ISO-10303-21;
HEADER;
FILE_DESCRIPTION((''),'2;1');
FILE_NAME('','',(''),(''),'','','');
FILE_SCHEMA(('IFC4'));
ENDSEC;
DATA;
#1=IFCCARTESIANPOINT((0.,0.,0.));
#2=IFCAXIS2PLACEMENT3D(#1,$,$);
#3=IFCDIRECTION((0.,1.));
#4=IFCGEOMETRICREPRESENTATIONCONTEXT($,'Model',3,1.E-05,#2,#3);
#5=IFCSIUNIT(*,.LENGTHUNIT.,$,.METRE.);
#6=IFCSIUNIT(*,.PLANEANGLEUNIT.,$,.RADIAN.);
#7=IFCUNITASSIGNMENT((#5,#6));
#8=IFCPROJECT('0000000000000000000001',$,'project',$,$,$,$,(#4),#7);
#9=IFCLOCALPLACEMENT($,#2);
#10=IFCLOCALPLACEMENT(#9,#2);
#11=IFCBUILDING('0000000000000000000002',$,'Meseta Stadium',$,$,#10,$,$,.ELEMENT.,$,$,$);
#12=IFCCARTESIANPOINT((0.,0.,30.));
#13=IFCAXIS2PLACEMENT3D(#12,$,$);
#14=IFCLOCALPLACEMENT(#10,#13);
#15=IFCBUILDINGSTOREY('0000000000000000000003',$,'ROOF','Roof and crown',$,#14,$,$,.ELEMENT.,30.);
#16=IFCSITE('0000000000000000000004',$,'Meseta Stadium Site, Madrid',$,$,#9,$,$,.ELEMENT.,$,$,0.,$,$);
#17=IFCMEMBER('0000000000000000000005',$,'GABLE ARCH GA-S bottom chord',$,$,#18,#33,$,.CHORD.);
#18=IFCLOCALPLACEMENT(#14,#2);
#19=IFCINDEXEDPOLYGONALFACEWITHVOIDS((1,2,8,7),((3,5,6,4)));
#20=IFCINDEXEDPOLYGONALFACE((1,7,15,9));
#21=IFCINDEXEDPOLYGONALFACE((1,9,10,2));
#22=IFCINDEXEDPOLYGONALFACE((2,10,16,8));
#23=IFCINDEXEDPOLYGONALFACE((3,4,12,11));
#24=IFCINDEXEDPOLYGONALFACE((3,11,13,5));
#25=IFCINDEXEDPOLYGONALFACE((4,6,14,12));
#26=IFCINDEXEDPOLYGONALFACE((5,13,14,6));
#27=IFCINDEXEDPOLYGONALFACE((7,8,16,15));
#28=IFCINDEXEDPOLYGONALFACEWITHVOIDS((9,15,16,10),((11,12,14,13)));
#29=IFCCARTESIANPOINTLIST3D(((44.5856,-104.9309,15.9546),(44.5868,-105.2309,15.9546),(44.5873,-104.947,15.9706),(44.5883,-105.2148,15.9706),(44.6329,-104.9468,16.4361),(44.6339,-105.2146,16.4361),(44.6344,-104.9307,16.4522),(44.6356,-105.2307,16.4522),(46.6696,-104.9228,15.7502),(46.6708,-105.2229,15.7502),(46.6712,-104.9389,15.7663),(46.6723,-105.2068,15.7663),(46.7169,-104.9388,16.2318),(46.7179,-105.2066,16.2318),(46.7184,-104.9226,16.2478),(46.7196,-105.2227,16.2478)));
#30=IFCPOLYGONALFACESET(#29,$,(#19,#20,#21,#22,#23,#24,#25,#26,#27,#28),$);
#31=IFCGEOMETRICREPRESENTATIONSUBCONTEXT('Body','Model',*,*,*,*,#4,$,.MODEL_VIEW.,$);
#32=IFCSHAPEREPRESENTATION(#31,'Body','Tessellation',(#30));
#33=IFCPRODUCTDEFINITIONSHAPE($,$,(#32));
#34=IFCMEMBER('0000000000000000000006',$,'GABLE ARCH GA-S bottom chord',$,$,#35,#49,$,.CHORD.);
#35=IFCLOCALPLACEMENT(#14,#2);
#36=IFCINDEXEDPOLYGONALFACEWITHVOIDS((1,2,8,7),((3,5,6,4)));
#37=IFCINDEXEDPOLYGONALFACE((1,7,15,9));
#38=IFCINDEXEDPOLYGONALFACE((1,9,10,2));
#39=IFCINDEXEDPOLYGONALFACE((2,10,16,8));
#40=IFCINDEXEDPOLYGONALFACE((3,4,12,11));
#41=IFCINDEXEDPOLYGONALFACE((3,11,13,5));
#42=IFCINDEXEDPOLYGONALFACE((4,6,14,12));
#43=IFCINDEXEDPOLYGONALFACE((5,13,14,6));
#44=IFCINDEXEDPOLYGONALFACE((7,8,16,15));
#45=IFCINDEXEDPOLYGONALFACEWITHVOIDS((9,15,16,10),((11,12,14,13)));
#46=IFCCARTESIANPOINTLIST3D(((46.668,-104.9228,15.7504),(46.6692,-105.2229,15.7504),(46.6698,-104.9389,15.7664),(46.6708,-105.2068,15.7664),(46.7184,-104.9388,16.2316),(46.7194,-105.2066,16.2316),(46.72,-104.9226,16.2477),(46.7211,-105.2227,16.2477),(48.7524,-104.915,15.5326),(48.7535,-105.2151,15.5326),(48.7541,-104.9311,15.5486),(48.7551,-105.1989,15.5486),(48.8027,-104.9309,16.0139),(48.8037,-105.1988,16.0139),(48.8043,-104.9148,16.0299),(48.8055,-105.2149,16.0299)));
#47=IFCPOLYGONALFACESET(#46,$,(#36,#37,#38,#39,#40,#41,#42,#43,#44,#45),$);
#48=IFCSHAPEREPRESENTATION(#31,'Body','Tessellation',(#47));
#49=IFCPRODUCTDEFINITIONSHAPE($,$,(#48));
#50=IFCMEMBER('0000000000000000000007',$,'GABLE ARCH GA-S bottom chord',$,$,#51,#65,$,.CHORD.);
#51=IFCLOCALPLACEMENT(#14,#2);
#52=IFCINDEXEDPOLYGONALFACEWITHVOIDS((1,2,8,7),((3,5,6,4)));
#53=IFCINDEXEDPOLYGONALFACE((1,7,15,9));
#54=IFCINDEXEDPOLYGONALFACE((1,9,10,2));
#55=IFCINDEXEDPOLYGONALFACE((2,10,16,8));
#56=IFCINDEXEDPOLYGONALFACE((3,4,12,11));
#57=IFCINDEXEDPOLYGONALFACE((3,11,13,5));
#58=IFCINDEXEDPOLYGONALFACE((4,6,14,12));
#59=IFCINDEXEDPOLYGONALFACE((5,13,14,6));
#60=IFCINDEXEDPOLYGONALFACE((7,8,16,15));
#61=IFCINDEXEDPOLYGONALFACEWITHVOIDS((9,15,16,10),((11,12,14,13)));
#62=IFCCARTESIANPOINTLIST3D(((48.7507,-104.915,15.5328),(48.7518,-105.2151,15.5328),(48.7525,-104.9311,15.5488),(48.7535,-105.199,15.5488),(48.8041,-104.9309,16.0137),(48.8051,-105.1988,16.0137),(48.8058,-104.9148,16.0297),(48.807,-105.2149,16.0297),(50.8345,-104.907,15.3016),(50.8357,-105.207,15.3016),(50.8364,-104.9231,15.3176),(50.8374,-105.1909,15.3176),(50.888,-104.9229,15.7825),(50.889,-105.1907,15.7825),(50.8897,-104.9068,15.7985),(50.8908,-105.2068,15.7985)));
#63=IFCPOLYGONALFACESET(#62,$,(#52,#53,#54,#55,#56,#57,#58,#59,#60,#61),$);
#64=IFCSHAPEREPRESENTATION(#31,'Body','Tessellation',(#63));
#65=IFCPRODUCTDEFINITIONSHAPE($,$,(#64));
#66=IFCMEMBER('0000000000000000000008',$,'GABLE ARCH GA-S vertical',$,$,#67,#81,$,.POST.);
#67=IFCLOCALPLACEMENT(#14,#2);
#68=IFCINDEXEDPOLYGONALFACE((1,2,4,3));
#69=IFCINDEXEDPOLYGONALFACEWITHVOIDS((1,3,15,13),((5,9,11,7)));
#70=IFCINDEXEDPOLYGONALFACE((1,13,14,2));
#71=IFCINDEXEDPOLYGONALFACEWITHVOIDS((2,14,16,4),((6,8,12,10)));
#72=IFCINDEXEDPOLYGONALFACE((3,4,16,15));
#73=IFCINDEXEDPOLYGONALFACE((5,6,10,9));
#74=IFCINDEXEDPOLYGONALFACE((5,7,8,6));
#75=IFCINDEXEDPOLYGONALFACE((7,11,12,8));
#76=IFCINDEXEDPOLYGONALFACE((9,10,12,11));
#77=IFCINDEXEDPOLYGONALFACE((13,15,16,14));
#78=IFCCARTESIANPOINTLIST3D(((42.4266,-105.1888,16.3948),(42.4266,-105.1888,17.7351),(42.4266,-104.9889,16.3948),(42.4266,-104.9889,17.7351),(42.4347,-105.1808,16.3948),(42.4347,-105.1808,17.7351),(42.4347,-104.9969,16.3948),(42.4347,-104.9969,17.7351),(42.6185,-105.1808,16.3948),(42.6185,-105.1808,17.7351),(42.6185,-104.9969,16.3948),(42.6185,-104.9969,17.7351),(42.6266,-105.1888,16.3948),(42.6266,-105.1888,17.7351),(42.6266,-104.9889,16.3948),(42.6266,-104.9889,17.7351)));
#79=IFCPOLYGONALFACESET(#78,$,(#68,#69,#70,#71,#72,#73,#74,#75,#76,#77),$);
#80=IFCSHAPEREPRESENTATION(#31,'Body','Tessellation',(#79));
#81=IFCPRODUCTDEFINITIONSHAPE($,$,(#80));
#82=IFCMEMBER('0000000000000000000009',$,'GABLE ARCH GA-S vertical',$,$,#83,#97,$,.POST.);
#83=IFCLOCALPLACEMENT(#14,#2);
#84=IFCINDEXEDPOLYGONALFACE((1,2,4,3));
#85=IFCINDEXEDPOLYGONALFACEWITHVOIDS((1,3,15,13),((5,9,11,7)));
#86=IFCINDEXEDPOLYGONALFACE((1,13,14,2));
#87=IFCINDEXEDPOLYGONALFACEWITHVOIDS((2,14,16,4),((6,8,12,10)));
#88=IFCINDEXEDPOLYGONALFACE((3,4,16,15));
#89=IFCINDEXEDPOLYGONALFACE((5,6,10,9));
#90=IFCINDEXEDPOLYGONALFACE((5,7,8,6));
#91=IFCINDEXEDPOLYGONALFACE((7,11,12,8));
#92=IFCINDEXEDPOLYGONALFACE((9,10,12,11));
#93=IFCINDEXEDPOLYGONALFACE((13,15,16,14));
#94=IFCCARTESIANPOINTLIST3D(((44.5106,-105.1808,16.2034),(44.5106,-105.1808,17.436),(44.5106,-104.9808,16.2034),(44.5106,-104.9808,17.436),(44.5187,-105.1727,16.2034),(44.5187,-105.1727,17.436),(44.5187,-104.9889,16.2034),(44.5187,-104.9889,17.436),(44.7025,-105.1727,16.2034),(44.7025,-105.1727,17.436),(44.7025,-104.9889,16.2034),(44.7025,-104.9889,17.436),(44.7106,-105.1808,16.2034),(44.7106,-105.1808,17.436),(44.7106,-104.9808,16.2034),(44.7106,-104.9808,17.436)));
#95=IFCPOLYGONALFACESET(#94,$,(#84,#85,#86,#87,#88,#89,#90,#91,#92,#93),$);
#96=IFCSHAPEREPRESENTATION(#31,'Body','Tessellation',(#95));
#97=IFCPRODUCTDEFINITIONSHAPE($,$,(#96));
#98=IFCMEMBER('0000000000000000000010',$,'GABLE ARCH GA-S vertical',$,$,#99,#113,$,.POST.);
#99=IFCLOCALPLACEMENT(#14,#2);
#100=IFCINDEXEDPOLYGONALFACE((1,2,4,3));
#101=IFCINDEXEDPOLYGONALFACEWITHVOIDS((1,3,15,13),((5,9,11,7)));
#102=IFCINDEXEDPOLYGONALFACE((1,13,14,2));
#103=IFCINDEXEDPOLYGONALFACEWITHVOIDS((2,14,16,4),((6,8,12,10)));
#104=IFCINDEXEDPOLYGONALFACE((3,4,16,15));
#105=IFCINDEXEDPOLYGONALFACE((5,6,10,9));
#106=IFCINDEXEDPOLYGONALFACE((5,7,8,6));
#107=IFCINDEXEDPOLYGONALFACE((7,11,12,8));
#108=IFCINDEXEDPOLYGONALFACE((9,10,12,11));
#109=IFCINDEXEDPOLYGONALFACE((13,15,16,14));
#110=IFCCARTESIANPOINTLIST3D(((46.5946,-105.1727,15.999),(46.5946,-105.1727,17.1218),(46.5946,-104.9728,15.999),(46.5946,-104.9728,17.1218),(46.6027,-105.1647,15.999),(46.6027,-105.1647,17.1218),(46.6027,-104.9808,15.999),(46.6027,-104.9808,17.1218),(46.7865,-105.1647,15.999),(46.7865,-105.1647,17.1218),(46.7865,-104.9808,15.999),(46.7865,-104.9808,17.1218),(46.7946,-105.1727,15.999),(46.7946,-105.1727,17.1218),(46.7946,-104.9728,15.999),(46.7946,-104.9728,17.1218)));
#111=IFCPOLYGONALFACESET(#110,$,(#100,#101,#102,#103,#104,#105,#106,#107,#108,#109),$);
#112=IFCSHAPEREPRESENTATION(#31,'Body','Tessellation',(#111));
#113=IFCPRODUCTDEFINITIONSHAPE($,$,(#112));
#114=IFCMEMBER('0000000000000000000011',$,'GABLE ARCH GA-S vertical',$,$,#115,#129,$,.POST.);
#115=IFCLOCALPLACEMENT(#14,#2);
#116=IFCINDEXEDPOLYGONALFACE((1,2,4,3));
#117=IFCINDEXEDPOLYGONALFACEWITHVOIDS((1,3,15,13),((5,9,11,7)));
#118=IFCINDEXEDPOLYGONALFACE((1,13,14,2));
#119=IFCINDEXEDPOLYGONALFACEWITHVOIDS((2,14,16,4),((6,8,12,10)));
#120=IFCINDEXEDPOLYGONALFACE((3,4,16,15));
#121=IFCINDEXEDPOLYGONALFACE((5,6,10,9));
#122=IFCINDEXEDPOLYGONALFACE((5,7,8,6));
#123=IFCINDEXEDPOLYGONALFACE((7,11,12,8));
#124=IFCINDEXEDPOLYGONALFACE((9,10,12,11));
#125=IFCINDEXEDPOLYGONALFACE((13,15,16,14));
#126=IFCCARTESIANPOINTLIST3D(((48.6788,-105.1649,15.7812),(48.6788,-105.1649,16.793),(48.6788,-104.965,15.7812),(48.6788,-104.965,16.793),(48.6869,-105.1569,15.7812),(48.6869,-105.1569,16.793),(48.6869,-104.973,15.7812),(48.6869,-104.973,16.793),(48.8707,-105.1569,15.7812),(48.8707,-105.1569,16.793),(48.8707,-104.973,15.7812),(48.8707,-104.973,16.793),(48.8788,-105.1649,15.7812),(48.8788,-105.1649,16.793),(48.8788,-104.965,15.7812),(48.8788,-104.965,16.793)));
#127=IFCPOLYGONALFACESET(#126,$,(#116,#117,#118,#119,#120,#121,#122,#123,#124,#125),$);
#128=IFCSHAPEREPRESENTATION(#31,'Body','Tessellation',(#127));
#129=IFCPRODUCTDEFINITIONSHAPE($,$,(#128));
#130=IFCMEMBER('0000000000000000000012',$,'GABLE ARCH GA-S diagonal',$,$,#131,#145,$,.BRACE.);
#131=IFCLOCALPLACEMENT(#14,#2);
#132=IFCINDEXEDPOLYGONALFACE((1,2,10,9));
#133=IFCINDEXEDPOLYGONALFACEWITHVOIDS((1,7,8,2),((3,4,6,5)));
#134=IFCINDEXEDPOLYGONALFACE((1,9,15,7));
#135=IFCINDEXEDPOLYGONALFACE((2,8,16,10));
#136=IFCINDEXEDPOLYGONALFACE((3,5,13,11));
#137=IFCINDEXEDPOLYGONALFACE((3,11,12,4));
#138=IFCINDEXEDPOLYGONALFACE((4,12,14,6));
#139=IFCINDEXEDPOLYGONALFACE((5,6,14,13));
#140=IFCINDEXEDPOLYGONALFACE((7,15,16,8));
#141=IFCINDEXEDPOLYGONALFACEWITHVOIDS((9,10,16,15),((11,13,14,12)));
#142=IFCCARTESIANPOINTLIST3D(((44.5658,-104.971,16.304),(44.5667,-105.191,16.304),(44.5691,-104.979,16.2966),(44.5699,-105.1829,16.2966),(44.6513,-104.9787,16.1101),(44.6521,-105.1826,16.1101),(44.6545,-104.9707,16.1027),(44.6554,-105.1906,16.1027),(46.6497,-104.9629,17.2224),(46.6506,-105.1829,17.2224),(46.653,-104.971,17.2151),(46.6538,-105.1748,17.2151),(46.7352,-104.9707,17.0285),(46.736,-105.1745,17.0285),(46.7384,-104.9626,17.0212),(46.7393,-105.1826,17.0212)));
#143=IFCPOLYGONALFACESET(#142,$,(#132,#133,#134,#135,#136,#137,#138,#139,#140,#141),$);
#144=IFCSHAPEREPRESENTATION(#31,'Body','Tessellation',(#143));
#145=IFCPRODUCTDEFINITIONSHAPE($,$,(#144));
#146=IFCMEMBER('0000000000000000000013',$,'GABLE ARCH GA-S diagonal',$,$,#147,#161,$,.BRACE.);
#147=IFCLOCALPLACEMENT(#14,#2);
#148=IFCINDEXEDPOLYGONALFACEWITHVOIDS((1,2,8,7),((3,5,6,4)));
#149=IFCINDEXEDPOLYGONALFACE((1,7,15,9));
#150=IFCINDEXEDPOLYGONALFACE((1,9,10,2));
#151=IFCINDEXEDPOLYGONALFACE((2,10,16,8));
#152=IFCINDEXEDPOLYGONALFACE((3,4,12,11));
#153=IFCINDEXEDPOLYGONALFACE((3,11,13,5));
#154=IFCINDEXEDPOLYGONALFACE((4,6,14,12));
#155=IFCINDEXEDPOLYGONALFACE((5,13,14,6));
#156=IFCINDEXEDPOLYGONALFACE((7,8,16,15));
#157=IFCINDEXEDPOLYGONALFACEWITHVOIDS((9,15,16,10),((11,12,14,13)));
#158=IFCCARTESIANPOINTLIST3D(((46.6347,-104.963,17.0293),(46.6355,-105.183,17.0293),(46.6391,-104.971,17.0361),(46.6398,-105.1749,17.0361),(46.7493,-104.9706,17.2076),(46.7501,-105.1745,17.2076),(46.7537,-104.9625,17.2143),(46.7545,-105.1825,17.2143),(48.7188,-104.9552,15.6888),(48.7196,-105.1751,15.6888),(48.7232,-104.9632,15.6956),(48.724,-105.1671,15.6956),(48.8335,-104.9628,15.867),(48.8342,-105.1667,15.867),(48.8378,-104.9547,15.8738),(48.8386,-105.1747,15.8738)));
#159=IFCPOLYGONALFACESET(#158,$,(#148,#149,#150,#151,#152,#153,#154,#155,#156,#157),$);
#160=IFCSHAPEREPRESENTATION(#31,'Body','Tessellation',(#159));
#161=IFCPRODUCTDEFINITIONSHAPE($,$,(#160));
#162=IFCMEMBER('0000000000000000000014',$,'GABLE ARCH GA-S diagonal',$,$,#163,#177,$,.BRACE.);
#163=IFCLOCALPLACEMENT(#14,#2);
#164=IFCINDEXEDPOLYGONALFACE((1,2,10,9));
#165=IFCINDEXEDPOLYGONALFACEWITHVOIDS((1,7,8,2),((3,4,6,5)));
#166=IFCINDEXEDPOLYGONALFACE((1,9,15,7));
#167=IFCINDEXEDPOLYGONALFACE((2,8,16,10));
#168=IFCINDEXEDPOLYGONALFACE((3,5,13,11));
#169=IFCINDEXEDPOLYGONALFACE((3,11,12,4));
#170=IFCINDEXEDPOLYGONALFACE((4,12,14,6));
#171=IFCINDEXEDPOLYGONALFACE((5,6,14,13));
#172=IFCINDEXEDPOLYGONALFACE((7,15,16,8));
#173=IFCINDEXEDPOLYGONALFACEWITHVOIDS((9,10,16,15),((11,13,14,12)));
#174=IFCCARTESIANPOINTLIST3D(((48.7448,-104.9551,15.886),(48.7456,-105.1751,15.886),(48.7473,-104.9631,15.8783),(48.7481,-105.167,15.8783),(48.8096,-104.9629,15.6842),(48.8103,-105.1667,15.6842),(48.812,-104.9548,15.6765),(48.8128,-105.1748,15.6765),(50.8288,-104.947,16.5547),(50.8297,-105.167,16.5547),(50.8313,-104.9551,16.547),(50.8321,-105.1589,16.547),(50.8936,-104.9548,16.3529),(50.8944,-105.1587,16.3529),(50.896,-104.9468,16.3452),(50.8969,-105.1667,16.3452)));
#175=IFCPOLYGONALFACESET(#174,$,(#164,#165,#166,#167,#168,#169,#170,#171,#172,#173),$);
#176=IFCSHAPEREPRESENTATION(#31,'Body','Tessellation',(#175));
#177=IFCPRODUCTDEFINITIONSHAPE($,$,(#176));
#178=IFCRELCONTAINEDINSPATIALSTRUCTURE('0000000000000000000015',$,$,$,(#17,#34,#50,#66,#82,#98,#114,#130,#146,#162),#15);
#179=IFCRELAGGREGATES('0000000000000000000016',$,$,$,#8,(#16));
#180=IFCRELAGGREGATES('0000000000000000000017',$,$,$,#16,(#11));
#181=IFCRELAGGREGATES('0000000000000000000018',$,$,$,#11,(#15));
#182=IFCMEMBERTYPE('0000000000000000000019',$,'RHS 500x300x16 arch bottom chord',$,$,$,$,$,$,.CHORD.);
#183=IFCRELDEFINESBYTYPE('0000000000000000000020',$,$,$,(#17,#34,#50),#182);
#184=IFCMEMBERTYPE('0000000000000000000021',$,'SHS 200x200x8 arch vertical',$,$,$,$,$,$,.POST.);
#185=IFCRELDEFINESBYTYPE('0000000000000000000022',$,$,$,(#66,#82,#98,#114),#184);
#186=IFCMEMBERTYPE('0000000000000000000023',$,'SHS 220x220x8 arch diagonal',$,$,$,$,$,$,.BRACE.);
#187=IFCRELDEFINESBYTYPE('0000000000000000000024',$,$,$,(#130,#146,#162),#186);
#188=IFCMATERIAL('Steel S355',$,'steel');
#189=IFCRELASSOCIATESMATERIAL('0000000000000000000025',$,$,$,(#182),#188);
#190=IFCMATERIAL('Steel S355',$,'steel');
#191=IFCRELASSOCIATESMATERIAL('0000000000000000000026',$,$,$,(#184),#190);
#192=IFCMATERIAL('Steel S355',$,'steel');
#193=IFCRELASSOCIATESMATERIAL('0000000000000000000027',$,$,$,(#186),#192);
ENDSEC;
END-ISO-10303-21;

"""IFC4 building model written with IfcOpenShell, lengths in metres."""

from ifc_helpers import new_model, si_unit, direction, frame, origin, origin_2d, place, context, subcontext, project, spatial, hollow_rectangle, extrude, material, material_profile, profile_set, type_object, element, save


model = new_model("IFC4")

# Units and contexts
model_context = context("Model", 3, precision=1e-05, world=origin(), true_north=direction((0.0, 1.0)))
body_context = subcontext(model_context, "Body", "Model", "MODEL_VIEW")
ifc_project = project(units=[si_unit("LENGTHUNIT", "METRE"), si_unit("PLANEANGLEUNIT", "RADIAN")], contexts=[model_context])

# Site, building, storey
site_placement = place(None, origin())
site = spatial("IfcSite", under=ifc_project, at=site_placement, Name="Meseta Stadium Site, Madrid", CompositionType="ELEMENT", RefElevation=0.0)
building_placement = place(site_placement, origin())
building = spatial("IfcBuilding", under=site, at=building_placement, Name="Meseta Stadium", CompositionType="ELEMENT")
storey_placement = place(building_placement, frame((0.0, 0.0, 30.0)))
storey = spatial("IfcBuildingStorey", under=building, at=storey_placement, Name="ROOF", Description="Roof and crown", CompositionType="ELEMENT", Elevation=30.0)

# Members
ifc_material_1 = material(Name="Steel S355", Category="steel")
ifc_material_profile_1 = material_profile(ifc_material_1, hollow_rectangle(XDim=0.3, YDim=0.5, WallThickness=0.0161, at=origin_2d()), Name="RHS 500x300x16")
ifc_profile_set_1 = profile_set([ifc_material_profile_1], Name="Steel S355")
member_type_1 = type_object("IfcMemberType", Name="RHS 500x300x16 arch bottom chord", PredefinedType="CHORD", material=ifc_profile_set_1)
member_1_placement = place(storey_placement, frame((44.6106, -105.0808, 16.2034), z_axis=(0.99522, 0.003847, -0.097587), x_axis=(-0.003866, 0.999993, 0.0)))
element("IfcMember", 1, at=member_1_placement, inside=storey, type_object=member_type_1, Name="GABLE ARCH GA-S bottom chord", PredefinedType="CHORD", context=body_context, shape_type="SweptSolid", body=[
    extrude(hollow_rectangle(XDim=0.3, YDim=0.5, WallThickness=0.0161, at=origin_2d()), origin(), (0.0, 0.0, 1.0), 2.094),
])
member_2_placement = place(storey_placement, frame((46.6946, -105.0728, 15.999), z_axis=(0.994579, 0.003728, -0.10392), x_axis=(-0.003748, 0.999993, 0.0)))
element("IfcMember", 2, at=member_2_placement, inside=storey, type_object=member_type_1, Name="GABLE ARCH GA-S bottom chord", PredefinedType="CHORD", context=body_context, shape_type="SweptSolid", body=[
    extrude(hollow_rectangle(XDim=0.3, YDim=0.5, WallThickness=0.0161, at=origin_2d()), origin(), (0.0, 0.0, 1.0), 2.0957),
])
member_3_placement = place(storey_placement, frame((48.7788, -105.0649, 15.7812), z_axis=(0.993895, 0.003842, -0.110265), x_axis=(-0.003866, 0.999993, 0.0)))
element("IfcMember", 3, at=member_3_placement, inside=storey, type_object=member_type_1, Name="GABLE ARCH GA-S bottom chord", PredefinedType="CHORD", context=body_context, shape_type="SweptSolid", body=[
    extrude(hollow_rectangle(XDim=0.3, YDim=0.5, WallThickness=0.0161, at=origin_2d()), origin(), (0.0, 0.0, 1.0), 2.0967),
])
ifc_material_2 = material(Name="Steel S355", Category="steel")
ifc_material_profile_2 = material_profile(ifc_material_2, hollow_rectangle(XDim=0.2, YDim=0.2, WallThickness=0.0081, at=origin_2d()), Name="SHS 200x200x8")
ifc_profile_set_2 = profile_set([ifc_material_profile_2], Name="Steel S355")
member_type_2 = type_object("IfcMemberType", Name="SHS 200x200x8 arch vertical", PredefinedType="POST", material=ifc_profile_set_2)
member_4_placement = place(storey_placement, frame((42.5266, -105.0889, 16.3948), z_axis=(0.0, 0.0, 1.0), x_axis=(1.0, 0.0, 0.0)))
element("IfcMember", 4, at=member_4_placement, inside=storey, type_object=member_type_2, Name="GABLE ARCH GA-S vertical", PredefinedType="POST", context=body_context, shape_type="SweptSolid", body=[
    extrude(hollow_rectangle(XDim=0.2, YDim=0.2, WallThickness=0.0081, at=origin_2d()), origin(), (0.0, 0.0, 1.0), 1.3403),
])
member_5_placement = place(storey_placement, frame((44.6106, -105.0808, 16.2034), z_axis=(0.0, 0.0, 1.0), x_axis=(1.0, 0.0, 0.0)))
element("IfcMember", 5, at=member_5_placement, inside=storey, type_object=member_type_2, Name="GABLE ARCH GA-S vertical", PredefinedType="POST", context=body_context, shape_type="SweptSolid", body=[
    extrude(hollow_rectangle(XDim=0.2, YDim=0.2, WallThickness=0.0081, at=origin_2d()), origin(), (0.0, 0.0, 1.0), 1.2327),
])
member_6_placement = place(storey_placement, frame((46.6946, -105.0728, 15.999), z_axis=(0.0, 0.0, 1.0), x_axis=(1.0, 0.0, 0.0)))
element("IfcMember", 6, at=member_6_placement, inside=storey, type_object=member_type_2, Name="GABLE ARCH GA-S vertical", PredefinedType="POST", context=body_context, shape_type="SweptSolid", body=[
    extrude(hollow_rectangle(XDim=0.2, YDim=0.2, WallThickness=0.0081, at=origin_2d()), origin(), (0.0, 0.0, 1.0), 1.1228),
])
member_7_placement = place(storey_placement, frame((48.7788, -105.0649, 15.7812), z_axis=(0.0, 0.0, 1.0), x_axis=(1.0, 0.0, 0.0)))
element("IfcMember", 7, at=member_7_placement, inside=storey, type_object=member_type_2, Name="GABLE ARCH GA-S vertical", PredefinedType="POST", context=body_context, shape_type="SweptSolid", body=[
    extrude(hollow_rectangle(XDim=0.2, YDim=0.2, WallThickness=0.0081, at=origin_2d()), origin(), (0.0, 0.0, 1.0), 1.0117),
])
ifc_material_3 = material(Name="Steel S355", Category="steel")
ifc_material_profile_3 = material_profile(ifc_material_3, hollow_rectangle(XDim=0.22, YDim=0.22, WallThickness=0.0081, at=origin_2d()), Name="SHS 220x220x8")
ifc_profile_set_3 = profile_set([ifc_material_profile_3], Name="Steel S355")
member_type_3 = type_object("IfcMemberType", Name="SHS 220x220x8 arch diagonal", PredefinedType="BRACE", material=ifc_profile_set_3)
member_8_placement = place(storey_placement, frame((44.6106, -105.0808, 16.2034), z_axis=(0.915066, 0.003538, 0.403289), x_axis=(-0.003866, 0.999993, 0.0)))
element("IfcMember", 8, at=member_8_placement, inside=storey, type_object=member_type_3, Name="GABLE ARCH GA-S diagonal", PredefinedType="BRACE", context=body_context, shape_type="SweptSolid", body=[
    extrude(hollow_rectangle(XDim=0.22, YDim=0.22, WallThickness=0.0081, at=origin_2d()), origin(), (0.0, 0.0, 1.0), 2.2773),
])
member_9_placement = place(storey_placement, frame((46.6946, -105.0728, 17.1218), z_axis=(0.841043, 0.003153, -0.540959), x_axis=(-0.003748, 0.999993, 0.0)))
element("IfcMember", 9, at=member_9_placement, inside=storey, type_object=member_type_3, Name="GABLE ARCH GA-S diagonal", PredefinedType="BRACE", context=body_context, shape_type="SweptSolid", body=[
    extrude(hollow_rectangle(XDim=0.22, YDim=0.22, WallThickness=0.0081, at=origin_2d()), origin(), (0.0, 0.0, 1.0), 2.478),
])
member_10_placement = place(storey_placement, frame((48.7788, -105.0649, 15.7812), z_axis=(0.952175, 0.003681, 0.30553), x_axis=(-0.003866, 0.999993, 0.0)))
element("IfcMember", 10, at=member_10_placement, inside=storey, type_object=member_type_3, Name="GABLE ARCH GA-S diagonal", PredefinedType="BRACE", context=body_context, shape_type="SweptSolid", body=[
    extrude(hollow_rectangle(XDim=0.22, YDim=0.22, WallThickness=0.0081, at=origin_2d()), origin(), (0.0, 0.0, 1.0), 2.1887),
])

save(model, "model.ifc")
